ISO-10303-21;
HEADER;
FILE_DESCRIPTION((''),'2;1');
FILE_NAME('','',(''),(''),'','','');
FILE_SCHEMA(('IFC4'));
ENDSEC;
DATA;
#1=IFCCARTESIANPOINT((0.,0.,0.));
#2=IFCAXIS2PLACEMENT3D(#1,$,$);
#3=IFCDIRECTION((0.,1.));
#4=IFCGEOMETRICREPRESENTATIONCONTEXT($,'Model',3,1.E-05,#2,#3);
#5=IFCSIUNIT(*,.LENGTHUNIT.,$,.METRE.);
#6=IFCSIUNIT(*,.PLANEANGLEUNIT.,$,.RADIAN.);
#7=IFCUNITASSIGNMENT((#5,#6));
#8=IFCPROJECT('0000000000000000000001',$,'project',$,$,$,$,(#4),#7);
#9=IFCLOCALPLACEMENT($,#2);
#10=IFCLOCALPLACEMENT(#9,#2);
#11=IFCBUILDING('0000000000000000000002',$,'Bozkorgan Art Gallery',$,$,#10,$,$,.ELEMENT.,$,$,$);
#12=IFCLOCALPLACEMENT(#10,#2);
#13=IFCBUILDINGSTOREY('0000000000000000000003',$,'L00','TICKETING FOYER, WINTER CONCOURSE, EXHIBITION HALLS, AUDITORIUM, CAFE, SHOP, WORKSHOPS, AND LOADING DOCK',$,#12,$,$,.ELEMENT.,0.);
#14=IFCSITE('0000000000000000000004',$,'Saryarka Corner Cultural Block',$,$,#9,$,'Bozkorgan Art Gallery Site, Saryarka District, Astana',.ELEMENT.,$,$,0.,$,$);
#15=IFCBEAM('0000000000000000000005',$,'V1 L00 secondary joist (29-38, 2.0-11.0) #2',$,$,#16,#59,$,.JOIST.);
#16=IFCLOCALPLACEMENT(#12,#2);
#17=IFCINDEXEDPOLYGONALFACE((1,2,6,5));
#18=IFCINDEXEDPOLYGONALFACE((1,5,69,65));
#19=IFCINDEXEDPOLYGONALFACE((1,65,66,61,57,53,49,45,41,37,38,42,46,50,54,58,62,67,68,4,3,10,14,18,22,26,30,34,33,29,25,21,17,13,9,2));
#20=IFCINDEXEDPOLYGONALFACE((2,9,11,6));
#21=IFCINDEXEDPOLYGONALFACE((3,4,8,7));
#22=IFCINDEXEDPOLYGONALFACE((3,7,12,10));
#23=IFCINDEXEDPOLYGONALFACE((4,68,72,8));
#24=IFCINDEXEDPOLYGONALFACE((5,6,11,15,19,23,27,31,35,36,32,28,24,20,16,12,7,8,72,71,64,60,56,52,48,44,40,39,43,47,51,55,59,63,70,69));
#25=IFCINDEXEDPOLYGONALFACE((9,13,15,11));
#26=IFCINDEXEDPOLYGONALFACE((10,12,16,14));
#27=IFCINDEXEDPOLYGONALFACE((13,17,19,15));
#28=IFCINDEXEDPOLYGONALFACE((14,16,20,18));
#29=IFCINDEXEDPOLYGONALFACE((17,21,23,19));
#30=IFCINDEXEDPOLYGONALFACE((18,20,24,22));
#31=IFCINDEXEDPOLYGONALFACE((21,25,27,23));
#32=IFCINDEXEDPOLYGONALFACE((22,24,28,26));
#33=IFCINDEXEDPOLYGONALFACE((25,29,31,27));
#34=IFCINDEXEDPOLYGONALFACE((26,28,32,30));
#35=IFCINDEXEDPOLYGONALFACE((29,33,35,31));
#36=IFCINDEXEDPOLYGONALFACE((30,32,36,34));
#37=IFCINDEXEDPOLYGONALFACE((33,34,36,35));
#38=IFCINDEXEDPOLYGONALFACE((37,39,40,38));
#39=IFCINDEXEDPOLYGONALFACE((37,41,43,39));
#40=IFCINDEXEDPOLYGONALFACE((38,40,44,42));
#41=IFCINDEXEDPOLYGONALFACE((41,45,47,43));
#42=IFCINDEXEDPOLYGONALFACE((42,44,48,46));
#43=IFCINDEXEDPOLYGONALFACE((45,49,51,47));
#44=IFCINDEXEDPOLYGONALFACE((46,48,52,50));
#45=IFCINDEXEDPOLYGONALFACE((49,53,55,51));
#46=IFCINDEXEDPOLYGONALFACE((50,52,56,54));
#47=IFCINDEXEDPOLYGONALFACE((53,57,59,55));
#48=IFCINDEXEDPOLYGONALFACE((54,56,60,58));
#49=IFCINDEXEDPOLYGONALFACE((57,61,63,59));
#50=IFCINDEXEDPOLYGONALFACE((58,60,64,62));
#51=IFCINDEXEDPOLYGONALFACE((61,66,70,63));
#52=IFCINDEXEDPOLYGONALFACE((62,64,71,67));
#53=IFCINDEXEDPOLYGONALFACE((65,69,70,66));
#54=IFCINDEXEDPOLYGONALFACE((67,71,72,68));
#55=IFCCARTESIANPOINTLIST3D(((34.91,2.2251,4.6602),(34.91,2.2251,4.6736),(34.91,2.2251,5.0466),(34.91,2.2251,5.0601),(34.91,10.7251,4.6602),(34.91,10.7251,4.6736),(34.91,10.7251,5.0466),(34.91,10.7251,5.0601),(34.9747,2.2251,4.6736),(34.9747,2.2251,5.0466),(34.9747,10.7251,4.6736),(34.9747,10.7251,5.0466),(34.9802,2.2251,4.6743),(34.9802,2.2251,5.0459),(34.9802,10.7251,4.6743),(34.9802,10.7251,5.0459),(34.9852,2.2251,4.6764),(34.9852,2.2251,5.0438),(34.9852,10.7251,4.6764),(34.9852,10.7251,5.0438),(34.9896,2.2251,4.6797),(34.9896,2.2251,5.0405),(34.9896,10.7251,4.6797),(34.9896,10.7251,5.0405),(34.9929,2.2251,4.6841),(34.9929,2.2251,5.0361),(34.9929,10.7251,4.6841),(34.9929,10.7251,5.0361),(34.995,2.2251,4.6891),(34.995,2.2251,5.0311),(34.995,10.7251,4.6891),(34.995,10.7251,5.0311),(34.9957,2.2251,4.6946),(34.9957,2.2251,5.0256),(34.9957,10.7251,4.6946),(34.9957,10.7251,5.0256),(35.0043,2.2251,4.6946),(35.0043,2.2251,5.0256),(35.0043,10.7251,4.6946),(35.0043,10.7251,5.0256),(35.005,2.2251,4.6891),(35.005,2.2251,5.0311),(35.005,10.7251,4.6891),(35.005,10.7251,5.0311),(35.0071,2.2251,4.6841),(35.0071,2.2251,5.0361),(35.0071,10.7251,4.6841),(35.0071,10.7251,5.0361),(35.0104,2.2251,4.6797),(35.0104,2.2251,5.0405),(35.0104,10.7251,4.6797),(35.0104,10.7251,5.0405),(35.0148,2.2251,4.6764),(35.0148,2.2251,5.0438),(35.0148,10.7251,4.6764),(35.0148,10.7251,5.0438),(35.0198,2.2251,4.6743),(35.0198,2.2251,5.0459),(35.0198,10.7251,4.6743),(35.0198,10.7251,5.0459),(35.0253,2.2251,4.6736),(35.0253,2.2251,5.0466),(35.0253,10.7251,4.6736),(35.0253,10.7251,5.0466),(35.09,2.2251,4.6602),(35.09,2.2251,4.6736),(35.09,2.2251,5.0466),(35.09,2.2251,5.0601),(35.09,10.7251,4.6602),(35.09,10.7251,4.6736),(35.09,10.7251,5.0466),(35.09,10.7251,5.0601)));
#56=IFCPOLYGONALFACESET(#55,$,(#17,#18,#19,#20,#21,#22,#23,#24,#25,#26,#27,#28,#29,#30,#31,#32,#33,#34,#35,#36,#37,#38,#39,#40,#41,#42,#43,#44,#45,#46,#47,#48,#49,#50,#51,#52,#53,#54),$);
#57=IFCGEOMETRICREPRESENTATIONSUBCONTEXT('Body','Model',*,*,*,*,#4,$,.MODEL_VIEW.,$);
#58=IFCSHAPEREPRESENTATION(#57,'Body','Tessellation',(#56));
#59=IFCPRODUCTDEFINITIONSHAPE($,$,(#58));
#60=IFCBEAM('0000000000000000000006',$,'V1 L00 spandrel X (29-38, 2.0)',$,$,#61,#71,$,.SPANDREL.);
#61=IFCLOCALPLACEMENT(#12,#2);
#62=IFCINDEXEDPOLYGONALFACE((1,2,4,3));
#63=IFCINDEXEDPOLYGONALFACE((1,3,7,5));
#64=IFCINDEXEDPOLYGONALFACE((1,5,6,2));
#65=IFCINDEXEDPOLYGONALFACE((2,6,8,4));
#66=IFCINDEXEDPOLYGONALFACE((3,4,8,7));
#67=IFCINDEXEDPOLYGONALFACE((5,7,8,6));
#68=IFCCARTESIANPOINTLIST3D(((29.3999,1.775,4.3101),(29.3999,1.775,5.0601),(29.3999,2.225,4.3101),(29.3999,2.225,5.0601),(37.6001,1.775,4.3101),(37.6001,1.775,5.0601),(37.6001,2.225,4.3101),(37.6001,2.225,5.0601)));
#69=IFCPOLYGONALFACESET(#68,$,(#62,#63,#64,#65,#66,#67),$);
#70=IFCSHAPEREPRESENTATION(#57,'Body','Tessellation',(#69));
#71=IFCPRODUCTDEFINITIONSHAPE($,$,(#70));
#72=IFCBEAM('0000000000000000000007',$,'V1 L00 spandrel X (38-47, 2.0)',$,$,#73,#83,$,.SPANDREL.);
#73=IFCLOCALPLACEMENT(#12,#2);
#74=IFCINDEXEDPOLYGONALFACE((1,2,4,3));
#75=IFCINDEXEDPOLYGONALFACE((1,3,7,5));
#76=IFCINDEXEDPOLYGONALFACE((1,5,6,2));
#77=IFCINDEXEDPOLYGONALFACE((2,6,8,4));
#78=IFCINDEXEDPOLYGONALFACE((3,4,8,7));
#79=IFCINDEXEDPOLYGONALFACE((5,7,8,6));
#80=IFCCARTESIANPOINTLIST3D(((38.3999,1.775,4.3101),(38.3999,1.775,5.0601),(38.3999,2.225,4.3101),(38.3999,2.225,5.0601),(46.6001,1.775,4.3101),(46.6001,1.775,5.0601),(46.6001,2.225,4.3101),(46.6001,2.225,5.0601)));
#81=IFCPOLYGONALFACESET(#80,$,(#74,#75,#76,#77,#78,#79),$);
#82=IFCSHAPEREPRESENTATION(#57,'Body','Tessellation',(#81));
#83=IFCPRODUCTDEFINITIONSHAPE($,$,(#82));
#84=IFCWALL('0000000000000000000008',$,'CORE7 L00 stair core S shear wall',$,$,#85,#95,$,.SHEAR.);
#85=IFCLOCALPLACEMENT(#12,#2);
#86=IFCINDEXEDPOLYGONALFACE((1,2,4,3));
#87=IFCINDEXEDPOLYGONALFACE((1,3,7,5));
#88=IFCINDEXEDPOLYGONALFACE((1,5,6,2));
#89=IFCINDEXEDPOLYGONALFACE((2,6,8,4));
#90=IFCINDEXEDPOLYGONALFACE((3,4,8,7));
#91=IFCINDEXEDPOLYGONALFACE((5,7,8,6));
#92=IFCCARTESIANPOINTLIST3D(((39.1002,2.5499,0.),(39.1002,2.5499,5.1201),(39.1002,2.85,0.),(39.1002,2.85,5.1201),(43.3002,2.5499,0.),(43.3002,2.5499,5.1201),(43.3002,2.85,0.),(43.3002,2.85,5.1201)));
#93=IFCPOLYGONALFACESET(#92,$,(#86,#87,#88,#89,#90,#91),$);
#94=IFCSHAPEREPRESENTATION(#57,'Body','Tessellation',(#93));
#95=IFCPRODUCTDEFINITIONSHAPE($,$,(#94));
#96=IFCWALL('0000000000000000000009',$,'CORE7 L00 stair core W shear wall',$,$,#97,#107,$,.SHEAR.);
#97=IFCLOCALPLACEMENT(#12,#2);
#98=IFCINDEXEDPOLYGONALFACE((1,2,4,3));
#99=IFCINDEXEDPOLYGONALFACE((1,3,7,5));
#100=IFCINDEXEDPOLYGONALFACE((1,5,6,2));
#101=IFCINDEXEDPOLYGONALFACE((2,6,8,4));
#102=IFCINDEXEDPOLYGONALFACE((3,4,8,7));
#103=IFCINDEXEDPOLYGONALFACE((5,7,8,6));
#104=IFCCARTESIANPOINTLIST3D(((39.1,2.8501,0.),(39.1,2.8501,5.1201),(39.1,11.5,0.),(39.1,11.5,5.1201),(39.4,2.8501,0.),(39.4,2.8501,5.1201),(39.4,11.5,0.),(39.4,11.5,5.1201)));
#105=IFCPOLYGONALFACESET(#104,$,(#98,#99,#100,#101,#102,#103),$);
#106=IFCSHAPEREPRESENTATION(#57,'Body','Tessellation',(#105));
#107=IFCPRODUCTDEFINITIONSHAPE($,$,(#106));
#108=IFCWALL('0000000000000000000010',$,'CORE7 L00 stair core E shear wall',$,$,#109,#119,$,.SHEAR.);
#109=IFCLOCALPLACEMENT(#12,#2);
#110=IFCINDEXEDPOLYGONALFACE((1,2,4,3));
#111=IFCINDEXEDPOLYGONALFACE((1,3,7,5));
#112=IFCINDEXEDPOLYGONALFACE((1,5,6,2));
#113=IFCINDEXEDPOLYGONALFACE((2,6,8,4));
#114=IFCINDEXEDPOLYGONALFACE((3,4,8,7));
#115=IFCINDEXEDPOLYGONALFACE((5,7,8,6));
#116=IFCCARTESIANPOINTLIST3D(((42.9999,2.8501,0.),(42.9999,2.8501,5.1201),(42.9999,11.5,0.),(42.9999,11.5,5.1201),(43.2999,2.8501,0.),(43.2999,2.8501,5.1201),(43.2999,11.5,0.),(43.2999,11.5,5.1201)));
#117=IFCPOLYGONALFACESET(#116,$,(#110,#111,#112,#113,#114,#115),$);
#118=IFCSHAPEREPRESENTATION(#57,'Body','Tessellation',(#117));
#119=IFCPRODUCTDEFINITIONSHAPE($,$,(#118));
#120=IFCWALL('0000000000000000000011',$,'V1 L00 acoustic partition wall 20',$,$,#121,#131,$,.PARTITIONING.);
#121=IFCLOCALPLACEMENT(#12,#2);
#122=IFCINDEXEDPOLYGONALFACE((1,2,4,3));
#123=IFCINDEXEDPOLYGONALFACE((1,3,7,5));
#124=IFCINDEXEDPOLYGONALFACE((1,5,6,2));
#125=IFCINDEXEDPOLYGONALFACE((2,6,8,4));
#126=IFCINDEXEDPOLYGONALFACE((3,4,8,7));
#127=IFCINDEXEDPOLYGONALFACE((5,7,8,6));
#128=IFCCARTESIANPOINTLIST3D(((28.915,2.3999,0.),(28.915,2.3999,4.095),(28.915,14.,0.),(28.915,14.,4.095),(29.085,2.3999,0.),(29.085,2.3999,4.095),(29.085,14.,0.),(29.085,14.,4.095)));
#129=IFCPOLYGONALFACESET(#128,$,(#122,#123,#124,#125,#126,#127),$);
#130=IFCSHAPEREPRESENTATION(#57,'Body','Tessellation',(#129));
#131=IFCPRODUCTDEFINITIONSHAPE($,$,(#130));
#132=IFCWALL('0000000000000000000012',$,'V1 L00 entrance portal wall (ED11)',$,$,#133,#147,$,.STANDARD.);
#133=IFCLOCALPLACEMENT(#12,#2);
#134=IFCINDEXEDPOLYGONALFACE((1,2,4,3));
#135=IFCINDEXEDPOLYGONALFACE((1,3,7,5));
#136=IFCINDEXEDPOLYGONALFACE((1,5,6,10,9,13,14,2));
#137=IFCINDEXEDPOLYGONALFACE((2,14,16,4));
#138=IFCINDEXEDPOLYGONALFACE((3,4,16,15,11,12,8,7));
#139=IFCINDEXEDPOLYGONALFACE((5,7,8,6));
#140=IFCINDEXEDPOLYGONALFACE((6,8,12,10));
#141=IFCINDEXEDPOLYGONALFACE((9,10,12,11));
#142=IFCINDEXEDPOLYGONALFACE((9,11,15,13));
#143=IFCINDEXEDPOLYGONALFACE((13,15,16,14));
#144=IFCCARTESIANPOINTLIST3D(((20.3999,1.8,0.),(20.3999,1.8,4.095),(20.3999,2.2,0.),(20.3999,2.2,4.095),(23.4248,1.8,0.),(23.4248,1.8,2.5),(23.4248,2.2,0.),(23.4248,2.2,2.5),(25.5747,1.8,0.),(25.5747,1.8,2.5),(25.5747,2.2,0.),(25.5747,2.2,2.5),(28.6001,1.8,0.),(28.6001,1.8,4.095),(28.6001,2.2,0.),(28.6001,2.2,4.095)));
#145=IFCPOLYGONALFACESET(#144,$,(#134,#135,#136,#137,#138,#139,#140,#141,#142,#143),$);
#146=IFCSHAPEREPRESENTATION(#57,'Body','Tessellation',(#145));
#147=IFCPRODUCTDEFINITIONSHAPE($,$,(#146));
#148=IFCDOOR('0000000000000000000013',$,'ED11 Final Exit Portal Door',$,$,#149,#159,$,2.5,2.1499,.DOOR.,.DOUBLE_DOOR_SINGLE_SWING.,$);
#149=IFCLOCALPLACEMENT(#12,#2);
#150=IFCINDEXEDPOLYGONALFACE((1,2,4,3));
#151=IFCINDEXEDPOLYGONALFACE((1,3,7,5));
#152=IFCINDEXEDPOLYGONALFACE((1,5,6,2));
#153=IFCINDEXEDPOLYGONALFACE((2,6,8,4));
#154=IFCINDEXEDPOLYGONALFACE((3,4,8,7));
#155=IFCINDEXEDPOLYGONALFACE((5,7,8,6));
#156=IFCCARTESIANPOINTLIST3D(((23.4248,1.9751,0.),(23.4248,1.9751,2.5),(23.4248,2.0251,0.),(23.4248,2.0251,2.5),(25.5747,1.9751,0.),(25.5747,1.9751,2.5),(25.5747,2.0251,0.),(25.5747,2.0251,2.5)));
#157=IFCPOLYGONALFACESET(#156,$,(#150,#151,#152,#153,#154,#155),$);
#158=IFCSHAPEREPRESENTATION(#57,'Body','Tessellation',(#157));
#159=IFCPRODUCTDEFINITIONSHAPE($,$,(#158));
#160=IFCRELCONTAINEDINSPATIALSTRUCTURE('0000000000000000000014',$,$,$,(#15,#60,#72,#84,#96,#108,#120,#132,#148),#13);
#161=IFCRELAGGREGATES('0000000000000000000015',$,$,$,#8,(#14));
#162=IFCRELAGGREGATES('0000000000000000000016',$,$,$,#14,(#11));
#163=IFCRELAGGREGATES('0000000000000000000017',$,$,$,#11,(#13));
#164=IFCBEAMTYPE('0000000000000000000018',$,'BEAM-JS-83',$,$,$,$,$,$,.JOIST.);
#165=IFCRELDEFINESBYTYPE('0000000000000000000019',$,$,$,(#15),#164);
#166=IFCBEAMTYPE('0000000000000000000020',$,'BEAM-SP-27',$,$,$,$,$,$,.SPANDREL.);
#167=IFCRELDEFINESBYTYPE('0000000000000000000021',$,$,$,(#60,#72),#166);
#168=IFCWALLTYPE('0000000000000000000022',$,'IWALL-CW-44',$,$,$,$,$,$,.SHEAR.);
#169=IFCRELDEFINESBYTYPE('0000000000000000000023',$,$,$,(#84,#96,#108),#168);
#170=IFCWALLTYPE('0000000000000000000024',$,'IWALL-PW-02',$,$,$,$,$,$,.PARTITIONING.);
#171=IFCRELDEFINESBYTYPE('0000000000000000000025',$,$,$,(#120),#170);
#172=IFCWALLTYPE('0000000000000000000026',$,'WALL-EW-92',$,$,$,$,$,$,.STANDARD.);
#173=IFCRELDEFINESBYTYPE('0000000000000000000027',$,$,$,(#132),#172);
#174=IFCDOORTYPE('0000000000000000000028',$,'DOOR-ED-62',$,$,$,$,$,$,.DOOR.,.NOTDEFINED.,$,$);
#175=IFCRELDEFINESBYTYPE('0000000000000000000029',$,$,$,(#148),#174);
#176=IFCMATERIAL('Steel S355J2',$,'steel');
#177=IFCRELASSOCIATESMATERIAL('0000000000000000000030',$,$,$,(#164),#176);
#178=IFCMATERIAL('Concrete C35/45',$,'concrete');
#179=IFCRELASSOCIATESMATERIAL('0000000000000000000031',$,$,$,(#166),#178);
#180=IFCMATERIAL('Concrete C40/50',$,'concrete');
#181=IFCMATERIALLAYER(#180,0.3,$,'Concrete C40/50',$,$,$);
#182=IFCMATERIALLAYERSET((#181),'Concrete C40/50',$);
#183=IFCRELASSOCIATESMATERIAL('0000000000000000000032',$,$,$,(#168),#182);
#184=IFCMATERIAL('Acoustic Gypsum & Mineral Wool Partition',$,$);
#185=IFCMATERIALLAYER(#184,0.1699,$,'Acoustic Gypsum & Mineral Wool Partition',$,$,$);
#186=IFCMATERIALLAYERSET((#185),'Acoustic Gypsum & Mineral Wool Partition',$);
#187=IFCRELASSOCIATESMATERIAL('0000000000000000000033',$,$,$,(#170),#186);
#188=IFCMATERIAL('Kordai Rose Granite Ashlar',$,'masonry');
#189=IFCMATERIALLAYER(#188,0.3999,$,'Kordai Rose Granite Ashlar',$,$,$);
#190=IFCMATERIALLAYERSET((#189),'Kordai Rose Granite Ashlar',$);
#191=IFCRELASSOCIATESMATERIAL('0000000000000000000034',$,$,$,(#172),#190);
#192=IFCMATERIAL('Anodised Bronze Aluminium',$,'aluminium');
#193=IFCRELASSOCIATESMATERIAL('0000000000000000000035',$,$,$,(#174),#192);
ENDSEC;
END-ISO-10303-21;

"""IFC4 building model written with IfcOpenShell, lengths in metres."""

from ifc_helpers import new_model, si_unit, direction, frame, frame_2d, origin, origin_2d, place, context, subcontext, project, spatial, rectangle, i_section, extrude, material, layer, layer_set, material_profile, profile_set, type_object, element, fill, save


model = new_model("IFC4")

# Units and contexts
model_context = context("Model", 3, precision=1e-05, world=origin(), true_north=direction((0.0, 1.0)))
body_context = subcontext(model_context, "Body", "Model", "MODEL_VIEW")
ifc_project = project(units=[si_unit("LENGTHUNIT", "METRE"), si_unit("PLANEANGLEUNIT", "RADIAN")], contexts=[model_context])

# Site, building, storey
site_placement = place(None, origin())
site = spatial("IfcSite", under=ifc_project, at=site_placement, Name="Saryarka Corner Cultural Block", LongName="Bozkorgan Art Gallery Site, Saryarka District, Astana", CompositionType="ELEMENT", RefElevation=0.0)
building_placement = place(site_placement, origin())
building = spatial("IfcBuilding", under=site, at=building_placement, Name="Bozkorgan Art Gallery", CompositionType="ELEMENT")
storey_placement = place(building_placement, origin())
storey = spatial("IfcBuildingStorey", under=building, at=storey_placement, Name="L00", Description="TICKETING FOYER, WINTER CONCOURSE, EXHIBITION HALLS, AUDITORIUM, CAFE, SHOP, WORKSHOPS, AND LOADING DOCK", CompositionType="ELEMENT", Elevation=0.0)

# Shared definitions
ifc_material_1 = material(Name="Concrete C40/50", Category="concrete")

# Beams
ifc_material_2 = material(Name="Concrete C35/45", Category="concrete")
ifc_material_3 = material(Name="Steel S355J2", Category="steel")
ifc_material_profile_1 = material_profile(ifc_material_3, i_section(OverallWidth=0.1799, OverallDepth=0.3999, WebThickness=0.0085, FlangeThickness=0.0134, FilletRadius=0.021, at=origin_2d()), Name="IPE 400")
ifc_profile_set_1 = profile_set([ifc_material_profile_1], Name="Steel S355J2")
beam_type_1 = type_object("IfcBeamType", Name="BEAM-JS-83", PredefinedType="JOIST", material=ifc_profile_set_1)
for number, where, z_axis, x_axis, name in (
    (1, (35.0, 2.2251, 4.8601), (0.0, 1.0, 0.0), (-1.0, 0.0, 0.0), "V1 L00 secondary joist (29-38, 2.0-11.0) #2"),
):
    element("IfcBeam", number, at=place(storey_placement, frame(where, z_axis=z_axis, x_axis=x_axis)), inside=storey, type_object=beam_type_1, Name=name, PredefinedType="JOIST", context=body_context, shape_type="SweptSolid", body=[
        extrude(i_section(OverallWidth=0.1799, OverallDepth=0.3999, WebThickness=0.0085, FlangeThickness=0.0134, FilletRadius=0.021, at=origin_2d()), origin(), (0.0, 0.0, 1.0), 8.5),
    ])
ifc_material_profile_2 = material_profile(ifc_material_2, rectangle(XDim=0.45, YDim=0.75, at=origin_2d()), Name="RC 450x750")
ifc_profile_set_2 = profile_set([ifc_material_profile_2], Name="Concrete C35/45")
beam_type_2 = type_object("IfcBeamType", Name="BEAM-SP-27", PredefinedType="SPANDREL", material=ifc_profile_set_2)
for number, where, z_axis, x_axis, name in (
    (2, (29.3999, 2.0, 4.6851), (1.0, 0.0, 0.0), (0.0, 1.0, 0.0), "V1 L00 spandrel X (29-38, 2.0)"),
    (3, (38.3999, 2.0, 4.6851), (1.0, 0.0, 0.0), (0.0, 1.0, 0.0), "V1 L00 spandrel X (38-47, 2.0)"),
):
    element("IfcBeam", number, at=place(storey_placement, frame(where, z_axis=z_axis, x_axis=x_axis)), inside=storey, type_object=beam_type_2, Name=name, PredefinedType="SPANDREL", context=body_context, shape_type="SweptSolid", body=[
        extrude(rectangle(XDim=0.45, YDim=0.75, at=origin_2d()), origin(), (0.0, 0.0, 1.0), 8.2002),
    ])

# Walls
ifc_layer_1 = layer(ifc_material_1, 0.3, Name="Concrete C40/50")
ifc_layer_set_1 = layer_set([ifc_layer_1], Name="Concrete C40/50")
wall_type_1 = type_object("IfcWallType", Name="IWALL-CW-44", PredefinedType="SHEAR", material=ifc_layer_set_1)
wall_1_placement = place(storey_placement, frame((39.1001, 2.7, 0.0), z_axis=(0.0, 0.0, 1.0), x_axis=(1.0, 0.0, 0.0)))
element("IfcWall", 4, at=wall_1_placement, inside=storey, type_object=wall_type_1, Name="CORE7 L00 stair core S shear wall", PredefinedType="SHEAR", context=body_context, shape_type="SweptSolid", body=[
    extrude(rectangle(XDim=4.2, YDim=0.3, at=frame_2d((2.1001, 0.0))), origin(), (0.0, 0.0, 1.0), 5.1201),
])
for number, where, z_axis, x_axis, name in (
    (5, (39.25, 2.8501, 0.0), (0.0, 0.0, 1.0), (0.0, 1.0, 0.0), "CORE7 L00 stair core W shear wall"),
    (6, (43.1499, 2.8501, 0.0), (0.0, 0.0, 1.0), (0.0, 1.0, 0.0), "CORE7 L00 stair core E shear wall"),
):
    element("IfcWall", number, at=place(storey_placement, frame(where, z_axis=z_axis, x_axis=x_axis)), inside=storey, type_object=wall_type_1, Name=name, PredefinedType="SHEAR", context=body_context, shape_type="SweptSolid", body=[
        extrude(rectangle(XDim=8.6499, YDim=0.3, at=frame_2d((4.325, 0.0))), origin(), (0.0, 0.0, 1.0), 5.1201),
    ])
ifc_material_4 = material(Name="Acoustic Gypsum & Mineral Wool Partition")
ifc_layer_2 = layer(ifc_material_4, 0.1699, Name="Acoustic Gypsum & Mineral Wool Partition")
ifc_layer_set_2 = layer_set([ifc_layer_2], Name="Acoustic Gypsum & Mineral Wool Partition")
wall_type_2 = type_object("IfcWallType", Name="IWALL-PW-02", PredefinedType="PARTITIONING", material=ifc_layer_set_2)
wall_2_placement = place(storey_placement, frame((29.0, 2.3999, 0.0), z_axis=(0.0, 0.0, 1.0), x_axis=(0.0, 1.0, 0.0)))
element("IfcWall", 7, at=wall_2_placement, inside=storey, type_object=wall_type_2, Name="V1 L00 acoustic partition wall 20", PredefinedType="PARTITIONING", context=body_context, shape_type="SweptSolid", body=[
    extrude(rectangle(XDim=11.6001, YDim=0.1699, at=frame_2d((5.8, 0.0))), origin(), (0.0, 0.0, 1.0), 4.095),
])

# Wall, opening, door
ifc_material_5 = material(Name="Kordai Rose Granite Ashlar", Category="masonry")
ifc_layer_3 = layer(ifc_material_5, 0.3999, Name="Kordai Rose Granite Ashlar")
ifc_layer_set_3 = layer_set([ifc_layer_3], Name="Kordai Rose Granite Ashlar")
wall_type_3 = type_object("IfcWallType", Name="WALL-EW-92", PredefinedType="STANDARD", material=ifc_layer_set_3)
wall_3_placement = place(storey_placement, frame((20.3999, 2.0, 0.0), z_axis=(0.0, 0.0, 1.0), x_axis=(1.0, 0.0, 0.0)))
wall_3 = element("IfcWall", 8, at=wall_3_placement, inside=storey, type_object=wall_type_3, Name="V1 L00 entrance portal wall (ED11)", PredefinedType="STANDARD", context=body_context, shape_type="SweptSolid", body=[
    extrude(rectangle(XDim=8.2002, YDim=0.3999, at=frame_2d((4.1001, 0.0))), origin(), (0.0, 0.0, 1.0), 4.095),
])
opening_1_placement = place(wall_3_placement, frame((5.1748, 0.0, 0.0), z_axis=(0.0, 0.0, 1.0), x_axis=(-1.0, 0.0, 0.0)))
opening_1 = element("IfcOpeningElement", 9, at=opening_1_placement, cuts=wall_3, PredefinedType="OPENING", context=body_context, shape_type="SweptSolid", body=[
    extrude(rectangle(XDim=2.1499, YDim=2.5, at=frame_2d((1.075, 1.25))), frame((0.0, 0.21, 0.0), z_axis=(0.0, -1.0, 0.0), x_axis=(1.0, 0.0, 0.0)), (0.0, 0.0, 1.0), 0.4199),
])
ifc_material_6 = material(Name="Anodised Bronze Aluminium", Category="aluminium")
door_type = type_object("IfcDoorType", Name="DOOR-ED-62", OperationType="NOTDEFINED", PredefinedType="DOOR", material=ifc_material_6)
door_placement = place(opening_1_placement, origin())
door = element("IfcDoor", 10, at=door_placement, inside=storey, type_object=door_type, Name="ED11 Final Exit Portal Door", OperationType="DOUBLE_DOOR_SINGLE_SWING", OverallHeight=2.5, OverallWidth=2.1499, PredefinedType="DOOR", context=body_context, shape_type="SweptSolid", body=[
    extrude(rectangle(XDim=2.1499, YDim=2.5, at=frame_2d((1.075, 1.25))), frame((0.0, 0.0249, 0.0), z_axis=(0.0, -1.0, 0.0), x_axis=(1.0, 0.0, 0.0)), (0.0, 0.0, 1.0), 0.05),
])
fill(opening_1, door)

save(model, "model.ifc")
